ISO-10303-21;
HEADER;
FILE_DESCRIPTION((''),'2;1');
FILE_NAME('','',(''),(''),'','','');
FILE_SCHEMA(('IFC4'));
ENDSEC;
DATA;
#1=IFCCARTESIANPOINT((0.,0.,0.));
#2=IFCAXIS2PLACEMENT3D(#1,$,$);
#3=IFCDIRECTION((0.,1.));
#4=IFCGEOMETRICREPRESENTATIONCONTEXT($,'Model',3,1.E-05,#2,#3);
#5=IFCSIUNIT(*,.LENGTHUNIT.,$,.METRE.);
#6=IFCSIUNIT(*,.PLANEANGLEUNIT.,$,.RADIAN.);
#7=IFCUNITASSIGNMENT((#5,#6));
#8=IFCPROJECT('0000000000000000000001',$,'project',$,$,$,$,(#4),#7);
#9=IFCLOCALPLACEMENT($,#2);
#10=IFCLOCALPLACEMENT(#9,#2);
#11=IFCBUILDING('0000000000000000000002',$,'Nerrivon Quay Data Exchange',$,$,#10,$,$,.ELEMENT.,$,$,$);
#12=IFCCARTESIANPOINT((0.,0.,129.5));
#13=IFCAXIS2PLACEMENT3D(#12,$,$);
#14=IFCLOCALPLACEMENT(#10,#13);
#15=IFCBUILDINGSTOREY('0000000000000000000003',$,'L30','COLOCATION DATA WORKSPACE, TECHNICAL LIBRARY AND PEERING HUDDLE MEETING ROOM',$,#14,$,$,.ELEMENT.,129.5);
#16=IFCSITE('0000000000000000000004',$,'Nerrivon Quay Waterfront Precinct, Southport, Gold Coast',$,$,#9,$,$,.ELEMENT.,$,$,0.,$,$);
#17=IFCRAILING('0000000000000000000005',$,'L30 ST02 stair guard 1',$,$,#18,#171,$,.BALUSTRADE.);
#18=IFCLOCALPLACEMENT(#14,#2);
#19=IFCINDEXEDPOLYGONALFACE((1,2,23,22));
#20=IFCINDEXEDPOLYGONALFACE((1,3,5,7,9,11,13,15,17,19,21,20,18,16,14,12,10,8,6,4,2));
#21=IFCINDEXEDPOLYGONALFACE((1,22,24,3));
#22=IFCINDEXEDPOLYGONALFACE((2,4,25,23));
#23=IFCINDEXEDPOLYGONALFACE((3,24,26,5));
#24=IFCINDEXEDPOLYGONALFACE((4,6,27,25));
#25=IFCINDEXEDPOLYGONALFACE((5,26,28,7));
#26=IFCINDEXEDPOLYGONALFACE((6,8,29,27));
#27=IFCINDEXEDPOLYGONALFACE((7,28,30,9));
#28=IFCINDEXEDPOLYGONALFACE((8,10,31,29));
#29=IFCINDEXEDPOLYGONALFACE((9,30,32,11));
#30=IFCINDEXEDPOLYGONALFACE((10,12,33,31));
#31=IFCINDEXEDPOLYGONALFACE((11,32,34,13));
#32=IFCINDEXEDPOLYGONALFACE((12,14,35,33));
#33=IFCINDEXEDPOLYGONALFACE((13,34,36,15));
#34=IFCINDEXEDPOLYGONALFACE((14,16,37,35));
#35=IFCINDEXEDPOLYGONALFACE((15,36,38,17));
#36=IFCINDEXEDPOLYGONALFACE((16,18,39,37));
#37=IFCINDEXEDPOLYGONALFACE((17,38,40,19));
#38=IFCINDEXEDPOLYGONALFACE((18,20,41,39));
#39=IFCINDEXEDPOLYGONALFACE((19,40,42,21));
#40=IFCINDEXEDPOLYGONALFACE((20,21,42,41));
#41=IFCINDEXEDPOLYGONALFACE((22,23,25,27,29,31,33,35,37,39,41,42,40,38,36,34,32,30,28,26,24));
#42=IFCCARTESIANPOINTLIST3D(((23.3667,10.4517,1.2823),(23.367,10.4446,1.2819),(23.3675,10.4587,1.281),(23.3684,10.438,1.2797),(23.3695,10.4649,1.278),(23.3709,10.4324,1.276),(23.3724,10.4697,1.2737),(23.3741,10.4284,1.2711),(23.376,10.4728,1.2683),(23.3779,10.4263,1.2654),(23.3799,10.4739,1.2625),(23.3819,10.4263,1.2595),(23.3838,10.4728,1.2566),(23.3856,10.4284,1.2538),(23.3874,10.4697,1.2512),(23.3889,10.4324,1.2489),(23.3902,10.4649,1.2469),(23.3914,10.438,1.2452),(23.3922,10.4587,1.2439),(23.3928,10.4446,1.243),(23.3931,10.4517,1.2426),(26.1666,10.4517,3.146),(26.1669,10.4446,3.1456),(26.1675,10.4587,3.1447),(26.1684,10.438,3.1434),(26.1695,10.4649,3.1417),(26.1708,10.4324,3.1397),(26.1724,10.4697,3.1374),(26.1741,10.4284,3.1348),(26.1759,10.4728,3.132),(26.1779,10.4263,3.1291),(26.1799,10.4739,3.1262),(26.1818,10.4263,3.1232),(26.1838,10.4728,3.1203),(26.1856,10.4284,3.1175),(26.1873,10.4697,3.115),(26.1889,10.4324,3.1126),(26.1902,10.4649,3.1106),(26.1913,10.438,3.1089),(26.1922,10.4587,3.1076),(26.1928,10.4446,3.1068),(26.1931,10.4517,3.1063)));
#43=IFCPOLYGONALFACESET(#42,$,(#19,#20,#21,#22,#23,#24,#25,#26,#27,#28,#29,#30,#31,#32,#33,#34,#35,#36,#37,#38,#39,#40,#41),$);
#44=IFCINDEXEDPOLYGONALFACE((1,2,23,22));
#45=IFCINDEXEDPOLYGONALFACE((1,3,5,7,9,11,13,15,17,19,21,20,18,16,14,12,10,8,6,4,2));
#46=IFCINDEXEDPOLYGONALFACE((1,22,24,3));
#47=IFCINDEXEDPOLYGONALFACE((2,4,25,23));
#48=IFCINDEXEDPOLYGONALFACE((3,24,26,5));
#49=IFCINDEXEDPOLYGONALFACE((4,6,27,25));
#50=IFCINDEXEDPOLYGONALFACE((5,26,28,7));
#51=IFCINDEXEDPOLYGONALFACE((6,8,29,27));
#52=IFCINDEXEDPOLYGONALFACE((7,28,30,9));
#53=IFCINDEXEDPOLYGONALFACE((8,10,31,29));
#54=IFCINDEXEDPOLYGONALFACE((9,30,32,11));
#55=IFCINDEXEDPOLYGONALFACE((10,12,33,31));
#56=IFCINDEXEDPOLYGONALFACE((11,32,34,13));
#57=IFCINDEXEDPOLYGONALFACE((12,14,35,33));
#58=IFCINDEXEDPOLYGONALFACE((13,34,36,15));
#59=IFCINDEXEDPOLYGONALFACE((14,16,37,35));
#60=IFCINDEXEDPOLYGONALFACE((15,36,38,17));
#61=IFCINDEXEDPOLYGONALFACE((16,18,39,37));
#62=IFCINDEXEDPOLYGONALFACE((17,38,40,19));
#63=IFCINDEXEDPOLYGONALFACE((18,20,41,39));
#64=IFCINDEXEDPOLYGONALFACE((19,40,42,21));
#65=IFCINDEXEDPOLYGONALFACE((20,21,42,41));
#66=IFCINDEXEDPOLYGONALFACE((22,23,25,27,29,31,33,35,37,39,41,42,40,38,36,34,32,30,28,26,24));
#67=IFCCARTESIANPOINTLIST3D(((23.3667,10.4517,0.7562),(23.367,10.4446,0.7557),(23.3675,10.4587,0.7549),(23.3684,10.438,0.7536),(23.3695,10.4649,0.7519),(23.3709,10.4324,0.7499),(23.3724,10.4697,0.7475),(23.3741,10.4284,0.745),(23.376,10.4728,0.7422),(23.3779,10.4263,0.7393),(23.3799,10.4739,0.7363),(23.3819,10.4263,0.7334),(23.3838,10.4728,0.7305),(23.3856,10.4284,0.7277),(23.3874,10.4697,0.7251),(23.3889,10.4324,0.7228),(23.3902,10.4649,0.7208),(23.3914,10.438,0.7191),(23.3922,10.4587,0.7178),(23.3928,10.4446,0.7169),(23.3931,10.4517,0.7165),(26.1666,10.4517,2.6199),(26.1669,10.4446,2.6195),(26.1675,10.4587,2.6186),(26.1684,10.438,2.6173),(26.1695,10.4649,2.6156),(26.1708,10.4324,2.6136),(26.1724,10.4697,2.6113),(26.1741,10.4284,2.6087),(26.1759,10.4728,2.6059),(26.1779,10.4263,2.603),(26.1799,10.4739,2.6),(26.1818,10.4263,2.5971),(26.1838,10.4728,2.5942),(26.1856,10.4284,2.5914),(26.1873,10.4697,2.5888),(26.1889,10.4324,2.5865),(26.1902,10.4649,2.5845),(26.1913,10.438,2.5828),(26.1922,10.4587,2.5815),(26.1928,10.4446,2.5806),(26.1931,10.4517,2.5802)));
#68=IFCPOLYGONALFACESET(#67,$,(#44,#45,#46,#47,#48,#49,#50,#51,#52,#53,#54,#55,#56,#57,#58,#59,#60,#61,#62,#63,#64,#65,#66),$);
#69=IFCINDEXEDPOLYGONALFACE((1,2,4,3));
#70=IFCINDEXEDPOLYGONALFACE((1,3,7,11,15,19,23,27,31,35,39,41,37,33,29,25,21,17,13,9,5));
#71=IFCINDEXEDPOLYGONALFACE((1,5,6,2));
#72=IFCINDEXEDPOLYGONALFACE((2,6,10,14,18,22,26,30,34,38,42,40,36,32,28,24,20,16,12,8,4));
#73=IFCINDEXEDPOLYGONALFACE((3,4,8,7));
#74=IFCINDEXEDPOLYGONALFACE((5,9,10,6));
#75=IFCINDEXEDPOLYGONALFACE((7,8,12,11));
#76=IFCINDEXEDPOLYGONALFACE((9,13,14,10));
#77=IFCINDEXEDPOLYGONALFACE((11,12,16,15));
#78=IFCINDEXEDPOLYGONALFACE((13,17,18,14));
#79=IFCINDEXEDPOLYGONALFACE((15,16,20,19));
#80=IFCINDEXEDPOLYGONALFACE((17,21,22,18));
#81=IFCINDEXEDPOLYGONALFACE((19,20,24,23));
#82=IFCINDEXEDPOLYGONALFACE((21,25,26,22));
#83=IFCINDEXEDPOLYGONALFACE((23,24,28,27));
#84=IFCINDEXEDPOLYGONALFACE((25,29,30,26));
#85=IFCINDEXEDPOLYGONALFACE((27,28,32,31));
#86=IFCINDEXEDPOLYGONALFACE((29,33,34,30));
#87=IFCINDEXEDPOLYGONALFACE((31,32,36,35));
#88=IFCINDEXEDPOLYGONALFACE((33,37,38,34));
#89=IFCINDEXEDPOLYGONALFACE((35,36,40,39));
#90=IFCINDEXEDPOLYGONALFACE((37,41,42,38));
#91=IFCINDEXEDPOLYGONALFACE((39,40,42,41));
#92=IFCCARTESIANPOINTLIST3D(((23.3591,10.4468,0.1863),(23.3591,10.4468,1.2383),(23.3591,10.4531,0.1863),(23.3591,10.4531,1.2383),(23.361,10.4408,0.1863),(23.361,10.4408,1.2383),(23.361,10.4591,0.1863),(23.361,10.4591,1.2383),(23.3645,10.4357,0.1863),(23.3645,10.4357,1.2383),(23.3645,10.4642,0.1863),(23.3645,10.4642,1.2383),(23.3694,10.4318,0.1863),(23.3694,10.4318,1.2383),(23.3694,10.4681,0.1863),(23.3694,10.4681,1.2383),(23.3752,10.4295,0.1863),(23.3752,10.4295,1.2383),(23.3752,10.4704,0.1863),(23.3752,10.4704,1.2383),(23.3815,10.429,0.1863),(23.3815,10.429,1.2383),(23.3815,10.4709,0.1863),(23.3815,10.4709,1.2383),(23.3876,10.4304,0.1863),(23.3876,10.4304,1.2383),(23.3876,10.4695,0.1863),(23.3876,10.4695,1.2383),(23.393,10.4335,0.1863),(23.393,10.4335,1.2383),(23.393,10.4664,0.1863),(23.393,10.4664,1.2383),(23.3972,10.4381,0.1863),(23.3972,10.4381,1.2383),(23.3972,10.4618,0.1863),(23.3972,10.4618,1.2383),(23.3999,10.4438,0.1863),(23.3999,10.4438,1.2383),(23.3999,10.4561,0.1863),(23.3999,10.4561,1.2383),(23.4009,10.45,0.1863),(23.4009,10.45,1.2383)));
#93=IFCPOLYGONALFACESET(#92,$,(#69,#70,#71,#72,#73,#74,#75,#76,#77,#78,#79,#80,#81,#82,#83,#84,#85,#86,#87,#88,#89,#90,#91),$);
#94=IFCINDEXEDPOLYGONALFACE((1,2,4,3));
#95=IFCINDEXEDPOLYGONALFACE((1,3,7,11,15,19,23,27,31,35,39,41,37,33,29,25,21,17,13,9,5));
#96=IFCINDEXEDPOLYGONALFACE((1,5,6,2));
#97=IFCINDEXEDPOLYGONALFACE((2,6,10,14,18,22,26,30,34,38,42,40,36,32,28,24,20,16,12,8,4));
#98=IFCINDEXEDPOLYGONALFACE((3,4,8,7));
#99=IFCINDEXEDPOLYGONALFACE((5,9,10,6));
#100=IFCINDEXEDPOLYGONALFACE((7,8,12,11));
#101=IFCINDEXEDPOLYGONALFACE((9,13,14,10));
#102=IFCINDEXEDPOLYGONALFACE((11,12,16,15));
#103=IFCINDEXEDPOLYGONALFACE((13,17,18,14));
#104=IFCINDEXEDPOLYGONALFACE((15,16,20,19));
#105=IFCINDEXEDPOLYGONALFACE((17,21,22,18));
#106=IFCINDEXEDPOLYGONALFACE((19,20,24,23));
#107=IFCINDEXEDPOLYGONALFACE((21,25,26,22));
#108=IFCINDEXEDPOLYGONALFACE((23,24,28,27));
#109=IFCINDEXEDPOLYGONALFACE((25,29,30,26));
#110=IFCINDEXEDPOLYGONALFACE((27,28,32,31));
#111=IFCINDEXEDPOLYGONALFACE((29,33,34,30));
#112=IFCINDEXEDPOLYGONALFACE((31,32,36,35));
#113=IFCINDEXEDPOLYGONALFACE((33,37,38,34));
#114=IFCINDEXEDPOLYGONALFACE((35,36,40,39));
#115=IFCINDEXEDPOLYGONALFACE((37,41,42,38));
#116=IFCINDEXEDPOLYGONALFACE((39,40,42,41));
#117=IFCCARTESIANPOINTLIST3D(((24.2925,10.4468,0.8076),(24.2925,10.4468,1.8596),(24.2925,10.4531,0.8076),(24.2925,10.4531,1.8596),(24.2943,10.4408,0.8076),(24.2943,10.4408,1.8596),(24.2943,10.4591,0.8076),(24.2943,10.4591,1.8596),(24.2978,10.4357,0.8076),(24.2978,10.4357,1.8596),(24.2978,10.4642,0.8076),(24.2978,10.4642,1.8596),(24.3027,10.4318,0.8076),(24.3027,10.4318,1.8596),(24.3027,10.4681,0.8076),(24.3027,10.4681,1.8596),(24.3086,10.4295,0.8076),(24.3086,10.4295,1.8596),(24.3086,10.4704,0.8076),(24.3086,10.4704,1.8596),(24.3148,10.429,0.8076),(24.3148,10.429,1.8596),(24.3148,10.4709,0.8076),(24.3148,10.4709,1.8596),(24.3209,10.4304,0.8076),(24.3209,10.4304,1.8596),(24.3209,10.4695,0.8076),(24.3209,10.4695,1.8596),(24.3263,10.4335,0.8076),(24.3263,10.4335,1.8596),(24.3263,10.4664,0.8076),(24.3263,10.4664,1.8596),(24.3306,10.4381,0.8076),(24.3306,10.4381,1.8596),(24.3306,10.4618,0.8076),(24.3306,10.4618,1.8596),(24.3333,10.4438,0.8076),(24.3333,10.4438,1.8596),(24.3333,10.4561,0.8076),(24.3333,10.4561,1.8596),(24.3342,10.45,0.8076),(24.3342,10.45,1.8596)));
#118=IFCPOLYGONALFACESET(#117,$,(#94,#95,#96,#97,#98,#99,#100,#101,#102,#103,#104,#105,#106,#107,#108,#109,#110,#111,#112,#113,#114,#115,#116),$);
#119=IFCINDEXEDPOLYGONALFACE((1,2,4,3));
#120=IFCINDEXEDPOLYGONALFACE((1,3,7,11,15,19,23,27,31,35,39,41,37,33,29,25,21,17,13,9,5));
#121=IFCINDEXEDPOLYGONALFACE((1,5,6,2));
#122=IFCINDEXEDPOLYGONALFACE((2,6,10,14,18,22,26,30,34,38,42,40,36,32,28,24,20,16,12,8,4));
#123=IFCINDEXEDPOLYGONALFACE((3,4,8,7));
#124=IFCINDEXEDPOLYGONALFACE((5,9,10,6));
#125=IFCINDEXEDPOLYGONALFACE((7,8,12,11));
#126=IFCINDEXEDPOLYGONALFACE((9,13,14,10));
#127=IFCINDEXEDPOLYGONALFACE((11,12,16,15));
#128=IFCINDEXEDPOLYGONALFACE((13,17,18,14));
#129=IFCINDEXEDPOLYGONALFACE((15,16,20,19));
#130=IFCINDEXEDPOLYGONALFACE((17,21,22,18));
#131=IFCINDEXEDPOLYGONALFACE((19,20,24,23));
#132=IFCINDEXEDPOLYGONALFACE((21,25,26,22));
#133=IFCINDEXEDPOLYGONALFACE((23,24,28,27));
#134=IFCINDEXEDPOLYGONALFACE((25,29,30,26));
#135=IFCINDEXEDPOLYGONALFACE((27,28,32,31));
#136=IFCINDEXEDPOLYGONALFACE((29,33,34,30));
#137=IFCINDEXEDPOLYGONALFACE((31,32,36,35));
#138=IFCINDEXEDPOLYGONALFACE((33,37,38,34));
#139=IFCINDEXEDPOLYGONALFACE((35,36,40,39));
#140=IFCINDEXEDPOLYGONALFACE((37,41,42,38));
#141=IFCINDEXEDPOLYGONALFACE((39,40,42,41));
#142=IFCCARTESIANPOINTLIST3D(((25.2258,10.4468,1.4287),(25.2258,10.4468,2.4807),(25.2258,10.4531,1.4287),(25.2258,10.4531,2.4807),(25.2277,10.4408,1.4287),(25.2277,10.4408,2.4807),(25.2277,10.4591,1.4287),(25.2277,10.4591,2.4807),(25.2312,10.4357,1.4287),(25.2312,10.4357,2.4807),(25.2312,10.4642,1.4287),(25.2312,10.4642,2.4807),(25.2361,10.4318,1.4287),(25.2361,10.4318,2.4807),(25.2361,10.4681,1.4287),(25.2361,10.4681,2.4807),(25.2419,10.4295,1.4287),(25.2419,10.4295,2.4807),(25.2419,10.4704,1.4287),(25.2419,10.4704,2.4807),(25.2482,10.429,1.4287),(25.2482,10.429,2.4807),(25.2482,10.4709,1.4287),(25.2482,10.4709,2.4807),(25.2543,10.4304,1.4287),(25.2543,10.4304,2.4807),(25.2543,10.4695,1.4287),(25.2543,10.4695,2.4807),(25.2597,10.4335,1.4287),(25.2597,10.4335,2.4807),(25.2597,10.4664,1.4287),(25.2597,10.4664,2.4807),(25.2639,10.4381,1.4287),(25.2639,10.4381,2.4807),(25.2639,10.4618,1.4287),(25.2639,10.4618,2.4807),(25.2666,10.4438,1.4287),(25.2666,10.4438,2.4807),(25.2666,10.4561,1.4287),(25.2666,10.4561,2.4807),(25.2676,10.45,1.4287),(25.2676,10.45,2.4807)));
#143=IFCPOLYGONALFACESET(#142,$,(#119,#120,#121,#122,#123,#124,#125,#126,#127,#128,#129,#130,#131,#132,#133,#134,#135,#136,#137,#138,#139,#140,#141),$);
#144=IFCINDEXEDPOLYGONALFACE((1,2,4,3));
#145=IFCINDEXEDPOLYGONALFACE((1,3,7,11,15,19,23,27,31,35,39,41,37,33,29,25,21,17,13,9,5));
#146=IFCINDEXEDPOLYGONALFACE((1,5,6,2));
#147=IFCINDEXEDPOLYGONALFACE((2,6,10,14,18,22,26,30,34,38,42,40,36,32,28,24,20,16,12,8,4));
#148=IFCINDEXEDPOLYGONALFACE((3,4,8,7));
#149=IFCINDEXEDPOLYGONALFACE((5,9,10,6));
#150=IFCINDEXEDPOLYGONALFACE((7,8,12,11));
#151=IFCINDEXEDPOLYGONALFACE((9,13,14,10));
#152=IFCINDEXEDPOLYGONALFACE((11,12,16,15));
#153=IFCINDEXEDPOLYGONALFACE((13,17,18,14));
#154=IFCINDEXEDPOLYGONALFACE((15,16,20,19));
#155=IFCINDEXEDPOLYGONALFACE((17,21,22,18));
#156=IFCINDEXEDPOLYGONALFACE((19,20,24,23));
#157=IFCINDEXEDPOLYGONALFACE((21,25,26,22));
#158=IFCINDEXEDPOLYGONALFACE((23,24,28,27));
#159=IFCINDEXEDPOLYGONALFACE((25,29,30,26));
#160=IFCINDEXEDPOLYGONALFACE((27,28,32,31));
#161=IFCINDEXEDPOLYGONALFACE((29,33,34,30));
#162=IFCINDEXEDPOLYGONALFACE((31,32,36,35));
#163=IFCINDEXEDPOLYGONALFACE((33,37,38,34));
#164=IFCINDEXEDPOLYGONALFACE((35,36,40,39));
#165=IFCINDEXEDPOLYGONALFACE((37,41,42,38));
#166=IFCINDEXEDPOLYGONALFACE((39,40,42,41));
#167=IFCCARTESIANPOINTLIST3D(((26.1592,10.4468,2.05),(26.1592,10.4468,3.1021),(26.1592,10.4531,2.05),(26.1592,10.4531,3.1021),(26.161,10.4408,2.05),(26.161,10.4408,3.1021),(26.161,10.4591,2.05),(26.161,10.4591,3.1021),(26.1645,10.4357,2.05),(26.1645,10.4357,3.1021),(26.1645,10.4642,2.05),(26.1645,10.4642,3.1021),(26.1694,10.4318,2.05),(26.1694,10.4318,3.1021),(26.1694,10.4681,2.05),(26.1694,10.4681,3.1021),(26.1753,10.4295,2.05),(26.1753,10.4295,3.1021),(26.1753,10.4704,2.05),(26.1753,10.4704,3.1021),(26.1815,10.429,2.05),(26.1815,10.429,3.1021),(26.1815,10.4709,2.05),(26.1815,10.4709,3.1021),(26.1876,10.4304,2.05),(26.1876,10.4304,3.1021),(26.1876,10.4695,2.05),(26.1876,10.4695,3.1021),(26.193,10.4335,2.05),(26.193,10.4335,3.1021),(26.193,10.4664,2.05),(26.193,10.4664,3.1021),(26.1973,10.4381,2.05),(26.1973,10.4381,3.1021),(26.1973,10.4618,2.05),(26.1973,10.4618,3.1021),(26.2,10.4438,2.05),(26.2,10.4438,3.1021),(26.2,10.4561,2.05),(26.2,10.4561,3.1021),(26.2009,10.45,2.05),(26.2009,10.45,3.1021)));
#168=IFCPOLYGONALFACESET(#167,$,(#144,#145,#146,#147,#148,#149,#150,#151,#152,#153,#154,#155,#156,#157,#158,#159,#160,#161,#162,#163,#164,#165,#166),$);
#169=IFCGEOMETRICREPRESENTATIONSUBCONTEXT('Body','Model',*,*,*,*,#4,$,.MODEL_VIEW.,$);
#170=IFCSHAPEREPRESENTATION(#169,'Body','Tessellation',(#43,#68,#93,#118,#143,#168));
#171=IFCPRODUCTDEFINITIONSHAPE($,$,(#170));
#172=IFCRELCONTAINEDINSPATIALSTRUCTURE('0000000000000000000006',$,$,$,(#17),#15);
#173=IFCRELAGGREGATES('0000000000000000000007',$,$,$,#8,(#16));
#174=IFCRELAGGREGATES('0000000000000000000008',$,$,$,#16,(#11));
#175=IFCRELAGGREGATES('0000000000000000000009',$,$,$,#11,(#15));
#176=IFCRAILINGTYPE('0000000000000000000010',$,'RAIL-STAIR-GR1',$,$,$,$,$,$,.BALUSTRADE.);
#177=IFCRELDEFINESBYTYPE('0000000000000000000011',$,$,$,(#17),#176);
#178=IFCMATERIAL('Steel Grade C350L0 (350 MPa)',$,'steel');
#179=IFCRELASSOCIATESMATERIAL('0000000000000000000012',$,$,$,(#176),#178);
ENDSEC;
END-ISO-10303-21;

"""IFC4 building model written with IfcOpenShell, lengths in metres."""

from ifc_helpers import new_model, si_unit, direction, frame, origin, origin_2d, place, context, subcontext, project, spatial, circle, extrude, material, type_object, element, save


model = new_model("IFC4")

# Units and contexts
model_context = context("Model", 3, precision=1e-05, world=origin(), true_north=direction((0.0, 1.0)))
body_context = subcontext(model_context, "Body", "Model", "MODEL_VIEW")
ifc_project = project(units=[si_unit("LENGTHUNIT", "METRE"), si_unit("PLANEANGLEUNIT", "RADIAN")], contexts=[model_context])

# Site, building, storey
site_placement = place(None, origin())
site = spatial("IfcSite", under=ifc_project, at=site_placement, Name="Nerrivon Quay Waterfront Precinct, Southport, Gold Coast", CompositionType="ELEMENT", RefElevation=0.0)
building_placement = place(site_placement, origin())
building = spatial("IfcBuilding", under=site, at=building_placement, Name="Nerrivon Quay Data Exchange", CompositionType="ELEMENT")
storey_placement = place(building_placement, frame((0.0, 0.0, 129.5)))
storey = spatial("IfcBuildingStorey", under=building, at=storey_placement, Name="L30", Description="COLOCATION DATA WORKSPACE, TECHNICAL LIBRARY AND PEERING HUDDLE MEETING ROOM", CompositionType="ELEMENT", Elevation=129.5)

# Railing
ifc_material_1 = material(Name="Steel Grade C350L0 (350 MPa)", Category="steel")
railing_type_1 = type_object("IfcRailingType", Name="RAIL-STAIR-GR1", PredefinedType="BALUSTRADE", material=ifc_material_1)
railing_1_placement = place(storey_placement, frame((23.3799, 10.45, 0.1863)))
element("IfcRailing", 1, at=railing_1_placement, inside=storey, type_object=railing_type_1, Name="L30 ST02 stair guard 1", PredefinedType="BALUSTRADE", context=body_context, shape_type="SweptSolid", body=[
    extrude(circle(Radius=0.0239, at=origin_2d()), frame((0.0, 0.0, 1.0762), z_axis=(0.832452, 0.0, 0.554097), x_axis=(0.0, 1.0, 0.0)), (0.0, 0.0, 1.0), 3.3635),
    extrude(circle(Radius=0.0239, at=origin_2d()), frame((0.0, 0.0, 0.55), z_axis=(0.832452, 0.0, 0.554097), x_axis=(0.0, 1.0, 0.0)), (0.0, 0.0, 1.0), 3.3635),
    extrude(circle(Radius=0.021, at=origin_2d()), origin(), (0.0, 0.0, 1.0), 1.052),
    extrude(circle(Radius=0.021, at=origin_2d()), frame((0.9333, 0.0, 0.6213)), (0.0, 0.0, 1.0), 1.052),
    extrude(circle(Radius=0.021, at=origin_2d()), frame((1.8667, 0.0, 1.2424)), (0.0, 0.0, 1.0), 1.052),
    extrude(circle(Radius=0.021, at=origin_2d()), frame((2.8, 0.0, 1.8638)), (0.0, 0.0, 1.0), 1.052),
])

save(model, "model.ifc")
